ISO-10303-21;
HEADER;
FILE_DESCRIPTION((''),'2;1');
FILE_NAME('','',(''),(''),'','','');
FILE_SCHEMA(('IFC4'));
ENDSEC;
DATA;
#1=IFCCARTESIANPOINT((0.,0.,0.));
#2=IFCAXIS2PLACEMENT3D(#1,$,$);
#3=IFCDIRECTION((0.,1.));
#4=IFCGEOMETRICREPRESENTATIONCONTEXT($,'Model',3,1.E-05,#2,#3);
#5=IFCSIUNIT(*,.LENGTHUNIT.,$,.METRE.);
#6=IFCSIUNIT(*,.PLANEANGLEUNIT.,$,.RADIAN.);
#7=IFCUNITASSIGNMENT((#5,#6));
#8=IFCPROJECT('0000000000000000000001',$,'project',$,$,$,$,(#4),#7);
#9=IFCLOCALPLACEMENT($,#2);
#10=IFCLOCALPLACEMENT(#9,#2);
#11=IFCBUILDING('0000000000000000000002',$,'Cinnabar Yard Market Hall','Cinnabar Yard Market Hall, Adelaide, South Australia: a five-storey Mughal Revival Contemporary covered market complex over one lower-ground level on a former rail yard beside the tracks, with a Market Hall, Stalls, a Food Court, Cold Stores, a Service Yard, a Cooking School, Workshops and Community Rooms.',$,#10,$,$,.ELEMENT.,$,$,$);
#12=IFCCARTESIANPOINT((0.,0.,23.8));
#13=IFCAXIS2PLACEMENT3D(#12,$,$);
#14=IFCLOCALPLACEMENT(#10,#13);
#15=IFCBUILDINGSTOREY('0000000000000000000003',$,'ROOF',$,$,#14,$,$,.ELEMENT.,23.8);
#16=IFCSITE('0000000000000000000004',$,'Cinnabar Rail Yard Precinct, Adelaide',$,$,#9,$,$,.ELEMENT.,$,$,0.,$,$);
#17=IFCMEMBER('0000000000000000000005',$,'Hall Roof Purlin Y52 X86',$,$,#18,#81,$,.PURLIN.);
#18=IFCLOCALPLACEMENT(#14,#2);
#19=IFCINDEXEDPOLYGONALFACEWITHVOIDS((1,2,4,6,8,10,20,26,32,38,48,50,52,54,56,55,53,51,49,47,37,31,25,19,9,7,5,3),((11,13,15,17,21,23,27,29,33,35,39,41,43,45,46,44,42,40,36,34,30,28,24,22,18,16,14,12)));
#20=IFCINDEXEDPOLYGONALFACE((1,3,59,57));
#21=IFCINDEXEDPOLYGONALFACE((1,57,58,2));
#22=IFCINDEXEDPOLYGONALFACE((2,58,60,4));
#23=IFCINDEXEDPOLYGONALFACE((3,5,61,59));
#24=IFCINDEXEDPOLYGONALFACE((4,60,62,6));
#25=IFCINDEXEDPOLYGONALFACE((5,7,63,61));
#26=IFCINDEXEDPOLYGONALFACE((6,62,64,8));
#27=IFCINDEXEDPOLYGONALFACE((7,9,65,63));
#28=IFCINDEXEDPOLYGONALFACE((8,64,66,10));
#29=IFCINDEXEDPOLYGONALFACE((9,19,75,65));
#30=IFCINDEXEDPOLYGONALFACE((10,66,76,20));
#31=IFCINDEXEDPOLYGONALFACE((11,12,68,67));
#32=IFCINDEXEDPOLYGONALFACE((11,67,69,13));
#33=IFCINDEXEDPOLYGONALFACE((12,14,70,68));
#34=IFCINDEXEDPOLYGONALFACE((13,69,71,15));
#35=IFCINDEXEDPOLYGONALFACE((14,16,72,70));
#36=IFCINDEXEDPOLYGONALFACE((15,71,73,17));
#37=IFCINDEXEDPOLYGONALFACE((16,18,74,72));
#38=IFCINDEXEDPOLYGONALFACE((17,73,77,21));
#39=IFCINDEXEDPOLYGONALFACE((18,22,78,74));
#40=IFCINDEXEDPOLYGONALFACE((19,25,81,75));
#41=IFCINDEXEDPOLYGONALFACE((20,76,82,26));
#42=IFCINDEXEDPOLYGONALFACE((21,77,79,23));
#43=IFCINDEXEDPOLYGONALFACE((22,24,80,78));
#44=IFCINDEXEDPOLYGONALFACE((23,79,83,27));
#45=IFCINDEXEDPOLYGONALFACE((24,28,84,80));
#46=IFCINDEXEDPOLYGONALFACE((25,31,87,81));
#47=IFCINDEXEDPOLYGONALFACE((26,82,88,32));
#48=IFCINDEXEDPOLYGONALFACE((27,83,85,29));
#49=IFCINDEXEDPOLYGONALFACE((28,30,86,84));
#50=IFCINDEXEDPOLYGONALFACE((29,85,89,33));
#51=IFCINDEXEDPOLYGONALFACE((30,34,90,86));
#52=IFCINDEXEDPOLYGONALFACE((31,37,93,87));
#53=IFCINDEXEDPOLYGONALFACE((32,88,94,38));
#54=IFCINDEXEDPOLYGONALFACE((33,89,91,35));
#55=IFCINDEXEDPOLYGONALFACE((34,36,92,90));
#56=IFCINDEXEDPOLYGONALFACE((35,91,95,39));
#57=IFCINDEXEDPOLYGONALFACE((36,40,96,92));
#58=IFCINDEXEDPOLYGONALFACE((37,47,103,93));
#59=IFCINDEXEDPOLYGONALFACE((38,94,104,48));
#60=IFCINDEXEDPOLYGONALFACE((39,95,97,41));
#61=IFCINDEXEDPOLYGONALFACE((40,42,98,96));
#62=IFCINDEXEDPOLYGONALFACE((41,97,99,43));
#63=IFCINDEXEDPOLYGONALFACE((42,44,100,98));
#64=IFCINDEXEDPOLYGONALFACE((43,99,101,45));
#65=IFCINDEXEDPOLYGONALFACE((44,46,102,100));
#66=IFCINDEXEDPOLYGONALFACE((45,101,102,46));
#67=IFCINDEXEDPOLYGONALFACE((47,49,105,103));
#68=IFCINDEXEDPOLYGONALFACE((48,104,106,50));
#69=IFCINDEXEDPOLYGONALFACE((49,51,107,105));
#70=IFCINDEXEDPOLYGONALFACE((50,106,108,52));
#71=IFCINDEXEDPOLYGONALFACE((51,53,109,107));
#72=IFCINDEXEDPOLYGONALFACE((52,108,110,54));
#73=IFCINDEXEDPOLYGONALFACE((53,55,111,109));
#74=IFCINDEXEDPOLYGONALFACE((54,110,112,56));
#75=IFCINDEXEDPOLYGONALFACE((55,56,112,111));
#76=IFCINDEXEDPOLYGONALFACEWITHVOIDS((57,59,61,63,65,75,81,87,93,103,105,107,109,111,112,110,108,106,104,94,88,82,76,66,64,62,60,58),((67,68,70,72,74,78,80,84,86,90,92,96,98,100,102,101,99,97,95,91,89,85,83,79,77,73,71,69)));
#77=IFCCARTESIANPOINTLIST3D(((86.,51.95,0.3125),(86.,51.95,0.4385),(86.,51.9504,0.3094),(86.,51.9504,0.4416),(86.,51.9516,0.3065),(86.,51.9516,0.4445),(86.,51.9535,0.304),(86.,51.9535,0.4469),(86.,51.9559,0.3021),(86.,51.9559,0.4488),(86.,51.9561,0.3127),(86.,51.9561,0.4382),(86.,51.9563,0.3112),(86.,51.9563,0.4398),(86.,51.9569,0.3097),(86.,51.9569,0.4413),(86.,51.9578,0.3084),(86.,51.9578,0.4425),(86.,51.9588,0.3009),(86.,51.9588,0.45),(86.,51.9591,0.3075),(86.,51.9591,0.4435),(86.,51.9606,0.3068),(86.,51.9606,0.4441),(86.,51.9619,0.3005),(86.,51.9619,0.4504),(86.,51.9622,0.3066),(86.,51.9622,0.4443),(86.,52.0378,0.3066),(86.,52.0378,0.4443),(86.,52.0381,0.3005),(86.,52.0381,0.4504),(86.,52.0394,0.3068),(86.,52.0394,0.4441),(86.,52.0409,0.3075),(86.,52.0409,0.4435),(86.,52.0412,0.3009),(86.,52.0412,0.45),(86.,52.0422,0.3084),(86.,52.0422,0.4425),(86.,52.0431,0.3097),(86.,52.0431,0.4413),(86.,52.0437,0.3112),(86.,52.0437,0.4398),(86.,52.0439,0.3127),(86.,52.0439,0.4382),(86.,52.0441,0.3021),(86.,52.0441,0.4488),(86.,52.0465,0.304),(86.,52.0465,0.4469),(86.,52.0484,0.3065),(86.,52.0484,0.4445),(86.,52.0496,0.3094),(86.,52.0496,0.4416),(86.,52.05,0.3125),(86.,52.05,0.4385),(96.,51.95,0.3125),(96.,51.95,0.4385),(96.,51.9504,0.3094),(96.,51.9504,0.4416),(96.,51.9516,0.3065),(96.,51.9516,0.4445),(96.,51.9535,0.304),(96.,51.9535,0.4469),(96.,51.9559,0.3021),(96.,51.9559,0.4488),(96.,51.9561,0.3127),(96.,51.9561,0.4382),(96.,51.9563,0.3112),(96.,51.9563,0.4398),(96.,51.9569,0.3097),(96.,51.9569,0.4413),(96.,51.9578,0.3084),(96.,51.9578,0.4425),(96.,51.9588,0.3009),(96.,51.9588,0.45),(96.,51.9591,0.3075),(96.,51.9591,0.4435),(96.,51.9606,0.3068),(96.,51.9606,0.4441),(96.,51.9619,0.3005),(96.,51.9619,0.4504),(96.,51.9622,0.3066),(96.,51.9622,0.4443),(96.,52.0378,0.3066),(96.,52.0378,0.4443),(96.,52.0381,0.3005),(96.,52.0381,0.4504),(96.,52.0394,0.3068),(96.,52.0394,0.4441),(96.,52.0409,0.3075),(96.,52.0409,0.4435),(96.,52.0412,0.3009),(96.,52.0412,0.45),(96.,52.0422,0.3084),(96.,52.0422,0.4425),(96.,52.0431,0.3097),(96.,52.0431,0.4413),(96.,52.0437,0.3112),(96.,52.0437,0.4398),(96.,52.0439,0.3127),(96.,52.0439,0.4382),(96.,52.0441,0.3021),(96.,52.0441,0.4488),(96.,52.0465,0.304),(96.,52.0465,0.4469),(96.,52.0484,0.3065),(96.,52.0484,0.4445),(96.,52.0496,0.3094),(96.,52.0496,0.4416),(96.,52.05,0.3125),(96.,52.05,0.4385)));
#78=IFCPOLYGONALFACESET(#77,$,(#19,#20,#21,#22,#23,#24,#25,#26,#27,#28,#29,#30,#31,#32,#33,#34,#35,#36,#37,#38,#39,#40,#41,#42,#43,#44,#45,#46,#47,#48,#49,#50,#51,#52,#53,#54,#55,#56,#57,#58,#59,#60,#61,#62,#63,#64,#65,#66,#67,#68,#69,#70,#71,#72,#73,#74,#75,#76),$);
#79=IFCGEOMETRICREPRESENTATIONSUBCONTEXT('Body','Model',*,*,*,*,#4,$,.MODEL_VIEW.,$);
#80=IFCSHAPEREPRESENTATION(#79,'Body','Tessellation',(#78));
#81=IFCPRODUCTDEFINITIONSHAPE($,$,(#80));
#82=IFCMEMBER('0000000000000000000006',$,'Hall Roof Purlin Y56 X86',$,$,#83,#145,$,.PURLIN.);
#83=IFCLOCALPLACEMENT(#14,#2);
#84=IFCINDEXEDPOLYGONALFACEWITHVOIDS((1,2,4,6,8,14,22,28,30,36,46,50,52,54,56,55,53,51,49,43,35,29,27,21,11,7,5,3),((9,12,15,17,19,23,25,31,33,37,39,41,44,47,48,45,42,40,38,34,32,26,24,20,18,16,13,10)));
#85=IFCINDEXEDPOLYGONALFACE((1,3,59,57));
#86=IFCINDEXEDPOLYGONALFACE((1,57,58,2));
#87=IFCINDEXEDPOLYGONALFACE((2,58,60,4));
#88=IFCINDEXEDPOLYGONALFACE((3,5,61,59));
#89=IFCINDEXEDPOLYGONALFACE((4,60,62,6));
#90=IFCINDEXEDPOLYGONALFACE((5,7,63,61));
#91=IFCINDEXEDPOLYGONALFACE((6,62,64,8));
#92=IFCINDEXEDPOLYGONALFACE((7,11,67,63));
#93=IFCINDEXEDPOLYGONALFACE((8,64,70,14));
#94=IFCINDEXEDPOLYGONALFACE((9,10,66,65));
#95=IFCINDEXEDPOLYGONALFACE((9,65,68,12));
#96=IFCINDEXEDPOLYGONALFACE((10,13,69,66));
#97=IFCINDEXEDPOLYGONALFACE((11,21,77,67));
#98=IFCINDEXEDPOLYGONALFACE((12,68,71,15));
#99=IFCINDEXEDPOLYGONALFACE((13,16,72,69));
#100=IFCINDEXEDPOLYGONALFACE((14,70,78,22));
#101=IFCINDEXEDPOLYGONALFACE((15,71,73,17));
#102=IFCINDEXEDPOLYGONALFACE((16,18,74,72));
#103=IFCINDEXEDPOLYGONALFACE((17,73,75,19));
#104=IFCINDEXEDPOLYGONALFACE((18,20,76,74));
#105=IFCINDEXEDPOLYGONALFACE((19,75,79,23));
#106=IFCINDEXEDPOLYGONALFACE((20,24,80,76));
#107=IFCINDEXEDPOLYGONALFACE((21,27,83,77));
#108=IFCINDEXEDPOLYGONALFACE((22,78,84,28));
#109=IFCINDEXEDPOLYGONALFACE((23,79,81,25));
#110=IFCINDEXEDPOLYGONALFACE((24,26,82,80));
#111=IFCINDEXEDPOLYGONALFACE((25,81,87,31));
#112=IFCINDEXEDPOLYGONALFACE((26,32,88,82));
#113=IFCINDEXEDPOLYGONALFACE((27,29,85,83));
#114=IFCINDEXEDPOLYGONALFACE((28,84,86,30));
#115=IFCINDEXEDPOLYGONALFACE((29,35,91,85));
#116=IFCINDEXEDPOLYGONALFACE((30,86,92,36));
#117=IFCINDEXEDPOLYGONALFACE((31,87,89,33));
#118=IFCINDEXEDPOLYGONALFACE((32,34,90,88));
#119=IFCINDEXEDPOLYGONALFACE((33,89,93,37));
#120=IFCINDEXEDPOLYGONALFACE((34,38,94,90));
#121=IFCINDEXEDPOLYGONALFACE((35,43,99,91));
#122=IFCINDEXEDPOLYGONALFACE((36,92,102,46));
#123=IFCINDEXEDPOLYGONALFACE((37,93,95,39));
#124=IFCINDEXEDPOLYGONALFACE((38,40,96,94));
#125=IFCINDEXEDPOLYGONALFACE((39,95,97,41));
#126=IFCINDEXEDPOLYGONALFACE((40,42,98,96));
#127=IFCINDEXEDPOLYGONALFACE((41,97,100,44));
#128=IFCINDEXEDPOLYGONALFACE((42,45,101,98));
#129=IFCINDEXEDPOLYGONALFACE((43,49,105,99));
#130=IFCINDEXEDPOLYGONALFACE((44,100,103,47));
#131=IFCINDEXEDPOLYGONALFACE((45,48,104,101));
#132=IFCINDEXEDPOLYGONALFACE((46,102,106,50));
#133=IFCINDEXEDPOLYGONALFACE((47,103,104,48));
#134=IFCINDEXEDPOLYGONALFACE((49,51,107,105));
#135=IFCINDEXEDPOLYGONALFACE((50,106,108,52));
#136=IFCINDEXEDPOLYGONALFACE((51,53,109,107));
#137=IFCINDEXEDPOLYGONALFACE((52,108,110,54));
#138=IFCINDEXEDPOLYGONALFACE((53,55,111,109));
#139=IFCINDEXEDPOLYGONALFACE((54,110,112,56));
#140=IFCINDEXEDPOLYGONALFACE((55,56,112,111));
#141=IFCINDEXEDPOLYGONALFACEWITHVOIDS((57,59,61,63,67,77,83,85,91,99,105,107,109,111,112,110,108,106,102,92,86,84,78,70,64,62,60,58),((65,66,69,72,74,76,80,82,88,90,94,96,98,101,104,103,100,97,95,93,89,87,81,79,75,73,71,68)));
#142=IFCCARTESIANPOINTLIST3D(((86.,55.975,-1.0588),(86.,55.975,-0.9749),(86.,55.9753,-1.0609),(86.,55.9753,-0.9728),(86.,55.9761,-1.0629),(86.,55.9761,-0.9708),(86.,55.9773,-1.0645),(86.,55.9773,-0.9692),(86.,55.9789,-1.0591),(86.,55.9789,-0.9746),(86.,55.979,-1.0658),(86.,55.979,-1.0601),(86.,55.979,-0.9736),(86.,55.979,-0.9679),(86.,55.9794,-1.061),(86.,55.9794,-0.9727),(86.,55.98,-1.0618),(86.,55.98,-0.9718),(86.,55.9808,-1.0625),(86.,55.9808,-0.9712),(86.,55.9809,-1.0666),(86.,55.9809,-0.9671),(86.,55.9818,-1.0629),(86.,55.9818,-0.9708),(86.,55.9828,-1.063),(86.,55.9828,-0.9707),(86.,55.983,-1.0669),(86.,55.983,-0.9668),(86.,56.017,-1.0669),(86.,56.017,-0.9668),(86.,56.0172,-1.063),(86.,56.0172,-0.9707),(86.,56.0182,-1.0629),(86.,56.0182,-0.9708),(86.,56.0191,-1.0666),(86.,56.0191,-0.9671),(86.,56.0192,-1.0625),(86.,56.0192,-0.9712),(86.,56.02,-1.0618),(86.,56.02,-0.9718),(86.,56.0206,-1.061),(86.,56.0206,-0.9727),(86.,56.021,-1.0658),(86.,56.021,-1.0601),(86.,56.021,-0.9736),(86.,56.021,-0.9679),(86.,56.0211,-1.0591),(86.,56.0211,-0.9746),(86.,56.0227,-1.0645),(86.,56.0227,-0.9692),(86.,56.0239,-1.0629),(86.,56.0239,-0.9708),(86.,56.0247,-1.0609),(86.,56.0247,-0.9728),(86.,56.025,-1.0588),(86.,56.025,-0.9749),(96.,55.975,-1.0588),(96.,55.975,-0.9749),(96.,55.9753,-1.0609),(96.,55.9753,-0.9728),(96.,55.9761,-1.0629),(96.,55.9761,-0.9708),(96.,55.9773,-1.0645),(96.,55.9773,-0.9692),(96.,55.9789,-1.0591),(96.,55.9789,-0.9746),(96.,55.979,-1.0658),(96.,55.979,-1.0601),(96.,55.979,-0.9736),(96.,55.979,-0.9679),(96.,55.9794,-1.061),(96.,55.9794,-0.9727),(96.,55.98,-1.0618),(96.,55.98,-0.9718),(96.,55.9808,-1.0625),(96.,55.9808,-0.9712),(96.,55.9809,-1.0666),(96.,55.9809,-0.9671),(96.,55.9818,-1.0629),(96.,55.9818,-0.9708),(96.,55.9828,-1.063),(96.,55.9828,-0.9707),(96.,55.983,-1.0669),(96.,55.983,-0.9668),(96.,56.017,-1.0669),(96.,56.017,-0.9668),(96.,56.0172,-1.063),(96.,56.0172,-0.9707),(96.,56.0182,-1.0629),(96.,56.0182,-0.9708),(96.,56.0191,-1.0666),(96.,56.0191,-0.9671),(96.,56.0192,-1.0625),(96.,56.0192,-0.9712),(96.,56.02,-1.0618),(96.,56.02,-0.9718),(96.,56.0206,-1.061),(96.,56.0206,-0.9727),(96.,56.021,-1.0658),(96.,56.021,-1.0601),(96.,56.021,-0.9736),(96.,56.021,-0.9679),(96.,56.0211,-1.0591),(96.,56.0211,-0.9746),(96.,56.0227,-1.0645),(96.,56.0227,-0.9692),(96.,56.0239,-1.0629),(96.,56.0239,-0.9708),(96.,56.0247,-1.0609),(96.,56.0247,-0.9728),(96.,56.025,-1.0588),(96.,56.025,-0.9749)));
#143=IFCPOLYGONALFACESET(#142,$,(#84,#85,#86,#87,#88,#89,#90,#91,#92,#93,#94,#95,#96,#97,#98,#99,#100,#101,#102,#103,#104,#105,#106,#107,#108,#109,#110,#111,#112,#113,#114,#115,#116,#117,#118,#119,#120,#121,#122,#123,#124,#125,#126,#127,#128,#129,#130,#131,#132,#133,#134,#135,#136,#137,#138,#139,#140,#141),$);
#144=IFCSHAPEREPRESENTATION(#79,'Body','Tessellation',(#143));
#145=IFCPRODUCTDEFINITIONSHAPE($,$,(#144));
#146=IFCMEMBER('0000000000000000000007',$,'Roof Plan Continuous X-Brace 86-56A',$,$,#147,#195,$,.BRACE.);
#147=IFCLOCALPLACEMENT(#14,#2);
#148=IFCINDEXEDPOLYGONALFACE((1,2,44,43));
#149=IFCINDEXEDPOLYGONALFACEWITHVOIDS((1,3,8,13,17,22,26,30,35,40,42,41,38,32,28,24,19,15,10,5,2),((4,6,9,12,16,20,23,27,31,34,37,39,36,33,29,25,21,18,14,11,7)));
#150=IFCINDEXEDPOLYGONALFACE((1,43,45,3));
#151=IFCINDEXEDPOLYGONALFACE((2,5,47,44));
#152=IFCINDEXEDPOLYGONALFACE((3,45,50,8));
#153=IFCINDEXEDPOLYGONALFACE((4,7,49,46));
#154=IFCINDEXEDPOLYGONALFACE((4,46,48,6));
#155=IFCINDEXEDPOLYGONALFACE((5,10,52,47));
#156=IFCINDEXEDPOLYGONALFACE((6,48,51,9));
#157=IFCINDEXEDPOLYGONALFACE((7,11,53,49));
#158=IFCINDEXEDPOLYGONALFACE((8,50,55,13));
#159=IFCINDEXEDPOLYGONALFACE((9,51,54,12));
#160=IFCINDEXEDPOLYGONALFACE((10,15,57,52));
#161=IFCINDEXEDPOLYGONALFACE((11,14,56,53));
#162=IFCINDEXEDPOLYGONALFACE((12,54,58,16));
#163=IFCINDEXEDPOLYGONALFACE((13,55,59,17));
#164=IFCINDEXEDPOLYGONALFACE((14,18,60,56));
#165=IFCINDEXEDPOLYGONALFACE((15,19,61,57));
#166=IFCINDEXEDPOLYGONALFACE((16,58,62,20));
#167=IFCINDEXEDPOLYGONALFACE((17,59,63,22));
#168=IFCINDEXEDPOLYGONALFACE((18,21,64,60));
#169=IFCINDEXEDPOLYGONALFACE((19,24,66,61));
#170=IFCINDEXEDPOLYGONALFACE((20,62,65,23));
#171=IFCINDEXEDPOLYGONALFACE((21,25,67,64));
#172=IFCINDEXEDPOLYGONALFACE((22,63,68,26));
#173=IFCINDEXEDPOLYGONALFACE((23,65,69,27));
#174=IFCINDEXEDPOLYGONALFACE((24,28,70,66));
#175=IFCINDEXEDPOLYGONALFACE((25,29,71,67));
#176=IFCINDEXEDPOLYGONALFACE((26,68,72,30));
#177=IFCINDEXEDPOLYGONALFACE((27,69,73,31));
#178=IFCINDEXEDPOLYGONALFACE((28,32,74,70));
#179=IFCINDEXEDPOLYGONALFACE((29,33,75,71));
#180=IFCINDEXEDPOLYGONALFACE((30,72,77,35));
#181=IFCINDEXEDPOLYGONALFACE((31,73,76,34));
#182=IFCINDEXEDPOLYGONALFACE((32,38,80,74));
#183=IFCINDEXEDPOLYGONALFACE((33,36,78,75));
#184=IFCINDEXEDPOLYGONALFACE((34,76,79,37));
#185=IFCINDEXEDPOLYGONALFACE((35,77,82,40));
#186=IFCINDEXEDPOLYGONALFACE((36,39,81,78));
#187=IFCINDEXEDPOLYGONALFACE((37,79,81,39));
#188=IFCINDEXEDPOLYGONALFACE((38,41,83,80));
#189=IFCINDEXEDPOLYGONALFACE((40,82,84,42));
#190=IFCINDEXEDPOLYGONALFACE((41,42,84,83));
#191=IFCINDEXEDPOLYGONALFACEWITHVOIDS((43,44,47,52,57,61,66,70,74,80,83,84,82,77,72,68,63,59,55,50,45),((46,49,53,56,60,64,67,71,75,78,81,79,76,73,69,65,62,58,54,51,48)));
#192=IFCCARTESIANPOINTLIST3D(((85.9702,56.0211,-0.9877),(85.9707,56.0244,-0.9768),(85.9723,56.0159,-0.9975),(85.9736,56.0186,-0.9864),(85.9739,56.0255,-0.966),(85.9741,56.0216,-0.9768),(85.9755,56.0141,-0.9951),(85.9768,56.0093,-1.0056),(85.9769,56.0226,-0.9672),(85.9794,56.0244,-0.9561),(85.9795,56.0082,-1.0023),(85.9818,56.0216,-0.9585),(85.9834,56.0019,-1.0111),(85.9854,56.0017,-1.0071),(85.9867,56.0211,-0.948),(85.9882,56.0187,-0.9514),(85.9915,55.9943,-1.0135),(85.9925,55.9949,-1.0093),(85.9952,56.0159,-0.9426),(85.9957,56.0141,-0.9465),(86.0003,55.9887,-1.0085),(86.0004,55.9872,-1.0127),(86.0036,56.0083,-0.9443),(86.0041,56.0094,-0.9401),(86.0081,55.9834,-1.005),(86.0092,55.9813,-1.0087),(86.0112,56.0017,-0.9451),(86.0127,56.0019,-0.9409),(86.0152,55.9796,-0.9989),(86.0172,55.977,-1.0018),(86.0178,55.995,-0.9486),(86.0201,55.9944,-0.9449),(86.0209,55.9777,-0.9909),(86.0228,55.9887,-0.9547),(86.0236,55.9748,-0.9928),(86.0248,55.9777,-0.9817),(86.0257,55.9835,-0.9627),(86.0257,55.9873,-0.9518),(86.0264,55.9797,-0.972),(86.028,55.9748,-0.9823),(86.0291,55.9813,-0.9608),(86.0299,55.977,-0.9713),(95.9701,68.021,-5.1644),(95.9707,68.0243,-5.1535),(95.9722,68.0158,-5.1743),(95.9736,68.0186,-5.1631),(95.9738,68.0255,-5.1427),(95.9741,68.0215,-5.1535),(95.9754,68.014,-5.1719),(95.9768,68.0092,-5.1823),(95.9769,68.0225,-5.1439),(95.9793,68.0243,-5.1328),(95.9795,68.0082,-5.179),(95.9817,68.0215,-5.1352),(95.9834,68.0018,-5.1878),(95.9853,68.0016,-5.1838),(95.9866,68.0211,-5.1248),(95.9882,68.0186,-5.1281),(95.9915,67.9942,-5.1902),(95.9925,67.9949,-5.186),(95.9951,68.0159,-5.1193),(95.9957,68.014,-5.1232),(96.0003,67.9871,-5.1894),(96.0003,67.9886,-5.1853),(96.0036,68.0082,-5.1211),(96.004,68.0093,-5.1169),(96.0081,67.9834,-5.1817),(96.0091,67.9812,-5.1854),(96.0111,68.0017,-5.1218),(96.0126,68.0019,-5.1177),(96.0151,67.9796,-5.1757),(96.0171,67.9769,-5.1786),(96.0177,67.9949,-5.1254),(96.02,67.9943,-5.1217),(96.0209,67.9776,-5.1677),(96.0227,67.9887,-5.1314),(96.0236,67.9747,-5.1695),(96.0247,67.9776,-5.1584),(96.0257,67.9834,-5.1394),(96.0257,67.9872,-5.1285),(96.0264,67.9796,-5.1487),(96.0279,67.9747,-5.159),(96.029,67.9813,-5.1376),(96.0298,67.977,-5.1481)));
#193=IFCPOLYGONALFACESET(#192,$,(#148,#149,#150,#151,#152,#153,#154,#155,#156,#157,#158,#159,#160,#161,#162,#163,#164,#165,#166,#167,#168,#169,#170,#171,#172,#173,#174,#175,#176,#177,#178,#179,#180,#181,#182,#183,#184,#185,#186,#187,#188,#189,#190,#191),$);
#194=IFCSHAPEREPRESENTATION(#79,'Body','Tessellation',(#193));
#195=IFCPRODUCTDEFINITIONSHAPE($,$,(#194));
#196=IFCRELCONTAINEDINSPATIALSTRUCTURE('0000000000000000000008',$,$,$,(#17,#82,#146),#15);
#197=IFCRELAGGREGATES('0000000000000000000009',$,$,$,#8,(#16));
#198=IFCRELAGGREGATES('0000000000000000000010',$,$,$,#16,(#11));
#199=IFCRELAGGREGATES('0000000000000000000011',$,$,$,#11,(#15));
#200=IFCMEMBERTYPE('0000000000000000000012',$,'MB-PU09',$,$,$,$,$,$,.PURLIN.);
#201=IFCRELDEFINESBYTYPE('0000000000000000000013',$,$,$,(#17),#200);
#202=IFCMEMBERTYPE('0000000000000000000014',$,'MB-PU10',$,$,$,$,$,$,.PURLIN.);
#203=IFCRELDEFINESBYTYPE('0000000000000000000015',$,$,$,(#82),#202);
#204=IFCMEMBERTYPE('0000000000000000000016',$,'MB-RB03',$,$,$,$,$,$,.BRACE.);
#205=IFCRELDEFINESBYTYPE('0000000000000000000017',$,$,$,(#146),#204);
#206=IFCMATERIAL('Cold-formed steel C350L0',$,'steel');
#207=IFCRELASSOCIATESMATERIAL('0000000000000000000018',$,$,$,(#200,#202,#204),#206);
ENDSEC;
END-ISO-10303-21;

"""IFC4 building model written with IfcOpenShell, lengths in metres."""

from ifc_helpers import new_model, si_unit, direction, frame, origin, origin_2d_with_axis, place, context, subcontext, project, spatial, hollow_rectangle, hollow_circle, extrude, material, material_profile, profile_set, type_object, element, save


model = new_model("IFC4")

# Units and contexts
model_context = context("Model", 3, precision=1e-05, world=origin(), true_north=direction((0.0, 1.0)))
body_context = subcontext(model_context, "Body", "Model", "MODEL_VIEW")
ifc_project = project(units=[si_unit("LENGTHUNIT", "METRE"), si_unit("PLANEANGLEUNIT", "RADIAN")], contexts=[model_context])

# Site, building, storey
site_placement = place(None, origin())
site = spatial("IfcSite", under=ifc_project, at=site_placement, Name="Cinnabar Rail Yard Precinct, Adelaide", CompositionType="ELEMENT", RefElevation=0.0)
building_placement = place(site_placement, origin())
building = spatial("IfcBuilding", under=site, at=building_placement, Name="Cinnabar Yard Market Hall", Description="Cinnabar Yard Market Hall, Adelaide, South Australia: a five-storey Mughal Revival Contemporary covered market complex over one lower-ground level on a former rail yard beside the tracks, with a Market Hall, Stalls, a Food Court, Cold Stores, a Service Yard, a Cooking School, Workshops and Community Rooms.", CompositionType="ELEMENT")
storey_placement = place(building_placement, frame((0.0, 0.0, 23.8)))
storey = spatial("IfcBuildingStorey", under=building, at=storey_placement, Name="ROOF", CompositionType="ELEMENT", Elevation=23.8)

# Members
ifc_material_1 = material(Name="Cold-formed steel C350L0", Category="steel")
ifc_material_profile_1 = material_profile(ifc_material_1, hollow_rectangle(XDim=0.1001, YDim=0.1499, WallThickness=0.0061, InnerFilletRadius=0.0061, OuterFilletRadius=0.012, at=origin_2d_with_axis()), Name="150x100x6.0RHS")
ifc_profile_set_1 = profile_set([ifc_material_profile_1], Name="Cold-formed steel C350L0")
member_type_1 = type_object("IfcMemberType", Name="MB-PU09", PredefinedType="PURLIN", material=ifc_profile_set_1)
member_1_placement = place(storey_placement, frame((86.0, 52.0, 0.3755), z_axis=(1.0, 0.0, 0.0), x_axis=(0.0, 1.0, 0.0)))
element("IfcMember", 1, at=member_1_placement, inside=storey, type_object=member_type_1, Name="Hall Roof Purlin Y52 X86", PredefinedType="PURLIN", context=body_context, shape_type="SweptSolid", body=[
    extrude(hollow_rectangle(XDim=0.1001, YDim=0.1499, WallThickness=0.0061, InnerFilletRadius=0.0061, OuterFilletRadius=0.012, at=origin_2d_with_axis()), origin(), (0.0, 0.0, 1.0), 10.0),
])
ifc_material_profile_2 = material_profile(ifc_material_1, hollow_rectangle(XDim=0.05, YDim=0.1001, WallThickness=0.0039, InnerFilletRadius=0.0039, OuterFilletRadius=0.0081, at=origin_2d_with_axis()), Name="100x50x4.0RHS")
ifc_profile_set_2 = profile_set([ifc_material_profile_2], Name="Cold-formed steel C350L0")
member_type_2 = type_object("IfcMemberType", Name="MB-PU10", PredefinedType="PURLIN", material=ifc_profile_set_2)
member_2_placement = place(storey_placement, frame((86.0, 56.0, -1.0168), z_axis=(1.0, 0.0, 0.0), x_axis=(0.0, 1.0, 0.0)))
element("IfcMember", 2, at=member_2_placement, inside=storey, type_object=member_type_2, Name="Hall Roof Purlin Y56 X86", PredefinedType="PURLIN", context=body_context, shape_type="SweptSolid", body=[
    extrude(hollow_rectangle(XDim=0.05, YDim=0.1001, WallThickness=0.0039, InnerFilletRadius=0.0039, OuterFilletRadius=0.0081, at=origin_2d_with_axis()), origin(), (0.0, 0.0, 1.0), 10.0),
])
ifc_material_profile_3 = material_profile(ifc_material_1, hollow_circle(Radius=0.0381, WallThickness=0.0044, at=origin_2d_with_axis()), Name="76.1x4.5CHS")
ifc_profile_set_3 = profile_set([ifc_material_profile_3], Name="Cold-formed steel C350L0")
member_type_3 = type_object("IfcMemberType", Name="MB-RB03", PredefinedType="BRACE", material=ifc_profile_set_3)
member_3_placement = place(storey_placement, frame((86.0, 56.0, -0.9768), z_axis=(0.618457, 0.742149, -0.258315), x_axis=(-0.768221, 0.640184, 0.0)))
element("IfcMember", 3, at=member_3_placement, inside=storey, type_object=member_type_3, Name="Roof Plan Continuous X-Brace 86-56A", PredefinedType="BRACE", context=body_context, shape_type="SweptSolid", body=[
    extrude(hollow_circle(Radius=0.0381, WallThickness=0.0044, at=origin_2d_with_axis()), origin(), (0.0, 0.0, 1.0), 16.1692),
])

save(model, "model.ifc")
